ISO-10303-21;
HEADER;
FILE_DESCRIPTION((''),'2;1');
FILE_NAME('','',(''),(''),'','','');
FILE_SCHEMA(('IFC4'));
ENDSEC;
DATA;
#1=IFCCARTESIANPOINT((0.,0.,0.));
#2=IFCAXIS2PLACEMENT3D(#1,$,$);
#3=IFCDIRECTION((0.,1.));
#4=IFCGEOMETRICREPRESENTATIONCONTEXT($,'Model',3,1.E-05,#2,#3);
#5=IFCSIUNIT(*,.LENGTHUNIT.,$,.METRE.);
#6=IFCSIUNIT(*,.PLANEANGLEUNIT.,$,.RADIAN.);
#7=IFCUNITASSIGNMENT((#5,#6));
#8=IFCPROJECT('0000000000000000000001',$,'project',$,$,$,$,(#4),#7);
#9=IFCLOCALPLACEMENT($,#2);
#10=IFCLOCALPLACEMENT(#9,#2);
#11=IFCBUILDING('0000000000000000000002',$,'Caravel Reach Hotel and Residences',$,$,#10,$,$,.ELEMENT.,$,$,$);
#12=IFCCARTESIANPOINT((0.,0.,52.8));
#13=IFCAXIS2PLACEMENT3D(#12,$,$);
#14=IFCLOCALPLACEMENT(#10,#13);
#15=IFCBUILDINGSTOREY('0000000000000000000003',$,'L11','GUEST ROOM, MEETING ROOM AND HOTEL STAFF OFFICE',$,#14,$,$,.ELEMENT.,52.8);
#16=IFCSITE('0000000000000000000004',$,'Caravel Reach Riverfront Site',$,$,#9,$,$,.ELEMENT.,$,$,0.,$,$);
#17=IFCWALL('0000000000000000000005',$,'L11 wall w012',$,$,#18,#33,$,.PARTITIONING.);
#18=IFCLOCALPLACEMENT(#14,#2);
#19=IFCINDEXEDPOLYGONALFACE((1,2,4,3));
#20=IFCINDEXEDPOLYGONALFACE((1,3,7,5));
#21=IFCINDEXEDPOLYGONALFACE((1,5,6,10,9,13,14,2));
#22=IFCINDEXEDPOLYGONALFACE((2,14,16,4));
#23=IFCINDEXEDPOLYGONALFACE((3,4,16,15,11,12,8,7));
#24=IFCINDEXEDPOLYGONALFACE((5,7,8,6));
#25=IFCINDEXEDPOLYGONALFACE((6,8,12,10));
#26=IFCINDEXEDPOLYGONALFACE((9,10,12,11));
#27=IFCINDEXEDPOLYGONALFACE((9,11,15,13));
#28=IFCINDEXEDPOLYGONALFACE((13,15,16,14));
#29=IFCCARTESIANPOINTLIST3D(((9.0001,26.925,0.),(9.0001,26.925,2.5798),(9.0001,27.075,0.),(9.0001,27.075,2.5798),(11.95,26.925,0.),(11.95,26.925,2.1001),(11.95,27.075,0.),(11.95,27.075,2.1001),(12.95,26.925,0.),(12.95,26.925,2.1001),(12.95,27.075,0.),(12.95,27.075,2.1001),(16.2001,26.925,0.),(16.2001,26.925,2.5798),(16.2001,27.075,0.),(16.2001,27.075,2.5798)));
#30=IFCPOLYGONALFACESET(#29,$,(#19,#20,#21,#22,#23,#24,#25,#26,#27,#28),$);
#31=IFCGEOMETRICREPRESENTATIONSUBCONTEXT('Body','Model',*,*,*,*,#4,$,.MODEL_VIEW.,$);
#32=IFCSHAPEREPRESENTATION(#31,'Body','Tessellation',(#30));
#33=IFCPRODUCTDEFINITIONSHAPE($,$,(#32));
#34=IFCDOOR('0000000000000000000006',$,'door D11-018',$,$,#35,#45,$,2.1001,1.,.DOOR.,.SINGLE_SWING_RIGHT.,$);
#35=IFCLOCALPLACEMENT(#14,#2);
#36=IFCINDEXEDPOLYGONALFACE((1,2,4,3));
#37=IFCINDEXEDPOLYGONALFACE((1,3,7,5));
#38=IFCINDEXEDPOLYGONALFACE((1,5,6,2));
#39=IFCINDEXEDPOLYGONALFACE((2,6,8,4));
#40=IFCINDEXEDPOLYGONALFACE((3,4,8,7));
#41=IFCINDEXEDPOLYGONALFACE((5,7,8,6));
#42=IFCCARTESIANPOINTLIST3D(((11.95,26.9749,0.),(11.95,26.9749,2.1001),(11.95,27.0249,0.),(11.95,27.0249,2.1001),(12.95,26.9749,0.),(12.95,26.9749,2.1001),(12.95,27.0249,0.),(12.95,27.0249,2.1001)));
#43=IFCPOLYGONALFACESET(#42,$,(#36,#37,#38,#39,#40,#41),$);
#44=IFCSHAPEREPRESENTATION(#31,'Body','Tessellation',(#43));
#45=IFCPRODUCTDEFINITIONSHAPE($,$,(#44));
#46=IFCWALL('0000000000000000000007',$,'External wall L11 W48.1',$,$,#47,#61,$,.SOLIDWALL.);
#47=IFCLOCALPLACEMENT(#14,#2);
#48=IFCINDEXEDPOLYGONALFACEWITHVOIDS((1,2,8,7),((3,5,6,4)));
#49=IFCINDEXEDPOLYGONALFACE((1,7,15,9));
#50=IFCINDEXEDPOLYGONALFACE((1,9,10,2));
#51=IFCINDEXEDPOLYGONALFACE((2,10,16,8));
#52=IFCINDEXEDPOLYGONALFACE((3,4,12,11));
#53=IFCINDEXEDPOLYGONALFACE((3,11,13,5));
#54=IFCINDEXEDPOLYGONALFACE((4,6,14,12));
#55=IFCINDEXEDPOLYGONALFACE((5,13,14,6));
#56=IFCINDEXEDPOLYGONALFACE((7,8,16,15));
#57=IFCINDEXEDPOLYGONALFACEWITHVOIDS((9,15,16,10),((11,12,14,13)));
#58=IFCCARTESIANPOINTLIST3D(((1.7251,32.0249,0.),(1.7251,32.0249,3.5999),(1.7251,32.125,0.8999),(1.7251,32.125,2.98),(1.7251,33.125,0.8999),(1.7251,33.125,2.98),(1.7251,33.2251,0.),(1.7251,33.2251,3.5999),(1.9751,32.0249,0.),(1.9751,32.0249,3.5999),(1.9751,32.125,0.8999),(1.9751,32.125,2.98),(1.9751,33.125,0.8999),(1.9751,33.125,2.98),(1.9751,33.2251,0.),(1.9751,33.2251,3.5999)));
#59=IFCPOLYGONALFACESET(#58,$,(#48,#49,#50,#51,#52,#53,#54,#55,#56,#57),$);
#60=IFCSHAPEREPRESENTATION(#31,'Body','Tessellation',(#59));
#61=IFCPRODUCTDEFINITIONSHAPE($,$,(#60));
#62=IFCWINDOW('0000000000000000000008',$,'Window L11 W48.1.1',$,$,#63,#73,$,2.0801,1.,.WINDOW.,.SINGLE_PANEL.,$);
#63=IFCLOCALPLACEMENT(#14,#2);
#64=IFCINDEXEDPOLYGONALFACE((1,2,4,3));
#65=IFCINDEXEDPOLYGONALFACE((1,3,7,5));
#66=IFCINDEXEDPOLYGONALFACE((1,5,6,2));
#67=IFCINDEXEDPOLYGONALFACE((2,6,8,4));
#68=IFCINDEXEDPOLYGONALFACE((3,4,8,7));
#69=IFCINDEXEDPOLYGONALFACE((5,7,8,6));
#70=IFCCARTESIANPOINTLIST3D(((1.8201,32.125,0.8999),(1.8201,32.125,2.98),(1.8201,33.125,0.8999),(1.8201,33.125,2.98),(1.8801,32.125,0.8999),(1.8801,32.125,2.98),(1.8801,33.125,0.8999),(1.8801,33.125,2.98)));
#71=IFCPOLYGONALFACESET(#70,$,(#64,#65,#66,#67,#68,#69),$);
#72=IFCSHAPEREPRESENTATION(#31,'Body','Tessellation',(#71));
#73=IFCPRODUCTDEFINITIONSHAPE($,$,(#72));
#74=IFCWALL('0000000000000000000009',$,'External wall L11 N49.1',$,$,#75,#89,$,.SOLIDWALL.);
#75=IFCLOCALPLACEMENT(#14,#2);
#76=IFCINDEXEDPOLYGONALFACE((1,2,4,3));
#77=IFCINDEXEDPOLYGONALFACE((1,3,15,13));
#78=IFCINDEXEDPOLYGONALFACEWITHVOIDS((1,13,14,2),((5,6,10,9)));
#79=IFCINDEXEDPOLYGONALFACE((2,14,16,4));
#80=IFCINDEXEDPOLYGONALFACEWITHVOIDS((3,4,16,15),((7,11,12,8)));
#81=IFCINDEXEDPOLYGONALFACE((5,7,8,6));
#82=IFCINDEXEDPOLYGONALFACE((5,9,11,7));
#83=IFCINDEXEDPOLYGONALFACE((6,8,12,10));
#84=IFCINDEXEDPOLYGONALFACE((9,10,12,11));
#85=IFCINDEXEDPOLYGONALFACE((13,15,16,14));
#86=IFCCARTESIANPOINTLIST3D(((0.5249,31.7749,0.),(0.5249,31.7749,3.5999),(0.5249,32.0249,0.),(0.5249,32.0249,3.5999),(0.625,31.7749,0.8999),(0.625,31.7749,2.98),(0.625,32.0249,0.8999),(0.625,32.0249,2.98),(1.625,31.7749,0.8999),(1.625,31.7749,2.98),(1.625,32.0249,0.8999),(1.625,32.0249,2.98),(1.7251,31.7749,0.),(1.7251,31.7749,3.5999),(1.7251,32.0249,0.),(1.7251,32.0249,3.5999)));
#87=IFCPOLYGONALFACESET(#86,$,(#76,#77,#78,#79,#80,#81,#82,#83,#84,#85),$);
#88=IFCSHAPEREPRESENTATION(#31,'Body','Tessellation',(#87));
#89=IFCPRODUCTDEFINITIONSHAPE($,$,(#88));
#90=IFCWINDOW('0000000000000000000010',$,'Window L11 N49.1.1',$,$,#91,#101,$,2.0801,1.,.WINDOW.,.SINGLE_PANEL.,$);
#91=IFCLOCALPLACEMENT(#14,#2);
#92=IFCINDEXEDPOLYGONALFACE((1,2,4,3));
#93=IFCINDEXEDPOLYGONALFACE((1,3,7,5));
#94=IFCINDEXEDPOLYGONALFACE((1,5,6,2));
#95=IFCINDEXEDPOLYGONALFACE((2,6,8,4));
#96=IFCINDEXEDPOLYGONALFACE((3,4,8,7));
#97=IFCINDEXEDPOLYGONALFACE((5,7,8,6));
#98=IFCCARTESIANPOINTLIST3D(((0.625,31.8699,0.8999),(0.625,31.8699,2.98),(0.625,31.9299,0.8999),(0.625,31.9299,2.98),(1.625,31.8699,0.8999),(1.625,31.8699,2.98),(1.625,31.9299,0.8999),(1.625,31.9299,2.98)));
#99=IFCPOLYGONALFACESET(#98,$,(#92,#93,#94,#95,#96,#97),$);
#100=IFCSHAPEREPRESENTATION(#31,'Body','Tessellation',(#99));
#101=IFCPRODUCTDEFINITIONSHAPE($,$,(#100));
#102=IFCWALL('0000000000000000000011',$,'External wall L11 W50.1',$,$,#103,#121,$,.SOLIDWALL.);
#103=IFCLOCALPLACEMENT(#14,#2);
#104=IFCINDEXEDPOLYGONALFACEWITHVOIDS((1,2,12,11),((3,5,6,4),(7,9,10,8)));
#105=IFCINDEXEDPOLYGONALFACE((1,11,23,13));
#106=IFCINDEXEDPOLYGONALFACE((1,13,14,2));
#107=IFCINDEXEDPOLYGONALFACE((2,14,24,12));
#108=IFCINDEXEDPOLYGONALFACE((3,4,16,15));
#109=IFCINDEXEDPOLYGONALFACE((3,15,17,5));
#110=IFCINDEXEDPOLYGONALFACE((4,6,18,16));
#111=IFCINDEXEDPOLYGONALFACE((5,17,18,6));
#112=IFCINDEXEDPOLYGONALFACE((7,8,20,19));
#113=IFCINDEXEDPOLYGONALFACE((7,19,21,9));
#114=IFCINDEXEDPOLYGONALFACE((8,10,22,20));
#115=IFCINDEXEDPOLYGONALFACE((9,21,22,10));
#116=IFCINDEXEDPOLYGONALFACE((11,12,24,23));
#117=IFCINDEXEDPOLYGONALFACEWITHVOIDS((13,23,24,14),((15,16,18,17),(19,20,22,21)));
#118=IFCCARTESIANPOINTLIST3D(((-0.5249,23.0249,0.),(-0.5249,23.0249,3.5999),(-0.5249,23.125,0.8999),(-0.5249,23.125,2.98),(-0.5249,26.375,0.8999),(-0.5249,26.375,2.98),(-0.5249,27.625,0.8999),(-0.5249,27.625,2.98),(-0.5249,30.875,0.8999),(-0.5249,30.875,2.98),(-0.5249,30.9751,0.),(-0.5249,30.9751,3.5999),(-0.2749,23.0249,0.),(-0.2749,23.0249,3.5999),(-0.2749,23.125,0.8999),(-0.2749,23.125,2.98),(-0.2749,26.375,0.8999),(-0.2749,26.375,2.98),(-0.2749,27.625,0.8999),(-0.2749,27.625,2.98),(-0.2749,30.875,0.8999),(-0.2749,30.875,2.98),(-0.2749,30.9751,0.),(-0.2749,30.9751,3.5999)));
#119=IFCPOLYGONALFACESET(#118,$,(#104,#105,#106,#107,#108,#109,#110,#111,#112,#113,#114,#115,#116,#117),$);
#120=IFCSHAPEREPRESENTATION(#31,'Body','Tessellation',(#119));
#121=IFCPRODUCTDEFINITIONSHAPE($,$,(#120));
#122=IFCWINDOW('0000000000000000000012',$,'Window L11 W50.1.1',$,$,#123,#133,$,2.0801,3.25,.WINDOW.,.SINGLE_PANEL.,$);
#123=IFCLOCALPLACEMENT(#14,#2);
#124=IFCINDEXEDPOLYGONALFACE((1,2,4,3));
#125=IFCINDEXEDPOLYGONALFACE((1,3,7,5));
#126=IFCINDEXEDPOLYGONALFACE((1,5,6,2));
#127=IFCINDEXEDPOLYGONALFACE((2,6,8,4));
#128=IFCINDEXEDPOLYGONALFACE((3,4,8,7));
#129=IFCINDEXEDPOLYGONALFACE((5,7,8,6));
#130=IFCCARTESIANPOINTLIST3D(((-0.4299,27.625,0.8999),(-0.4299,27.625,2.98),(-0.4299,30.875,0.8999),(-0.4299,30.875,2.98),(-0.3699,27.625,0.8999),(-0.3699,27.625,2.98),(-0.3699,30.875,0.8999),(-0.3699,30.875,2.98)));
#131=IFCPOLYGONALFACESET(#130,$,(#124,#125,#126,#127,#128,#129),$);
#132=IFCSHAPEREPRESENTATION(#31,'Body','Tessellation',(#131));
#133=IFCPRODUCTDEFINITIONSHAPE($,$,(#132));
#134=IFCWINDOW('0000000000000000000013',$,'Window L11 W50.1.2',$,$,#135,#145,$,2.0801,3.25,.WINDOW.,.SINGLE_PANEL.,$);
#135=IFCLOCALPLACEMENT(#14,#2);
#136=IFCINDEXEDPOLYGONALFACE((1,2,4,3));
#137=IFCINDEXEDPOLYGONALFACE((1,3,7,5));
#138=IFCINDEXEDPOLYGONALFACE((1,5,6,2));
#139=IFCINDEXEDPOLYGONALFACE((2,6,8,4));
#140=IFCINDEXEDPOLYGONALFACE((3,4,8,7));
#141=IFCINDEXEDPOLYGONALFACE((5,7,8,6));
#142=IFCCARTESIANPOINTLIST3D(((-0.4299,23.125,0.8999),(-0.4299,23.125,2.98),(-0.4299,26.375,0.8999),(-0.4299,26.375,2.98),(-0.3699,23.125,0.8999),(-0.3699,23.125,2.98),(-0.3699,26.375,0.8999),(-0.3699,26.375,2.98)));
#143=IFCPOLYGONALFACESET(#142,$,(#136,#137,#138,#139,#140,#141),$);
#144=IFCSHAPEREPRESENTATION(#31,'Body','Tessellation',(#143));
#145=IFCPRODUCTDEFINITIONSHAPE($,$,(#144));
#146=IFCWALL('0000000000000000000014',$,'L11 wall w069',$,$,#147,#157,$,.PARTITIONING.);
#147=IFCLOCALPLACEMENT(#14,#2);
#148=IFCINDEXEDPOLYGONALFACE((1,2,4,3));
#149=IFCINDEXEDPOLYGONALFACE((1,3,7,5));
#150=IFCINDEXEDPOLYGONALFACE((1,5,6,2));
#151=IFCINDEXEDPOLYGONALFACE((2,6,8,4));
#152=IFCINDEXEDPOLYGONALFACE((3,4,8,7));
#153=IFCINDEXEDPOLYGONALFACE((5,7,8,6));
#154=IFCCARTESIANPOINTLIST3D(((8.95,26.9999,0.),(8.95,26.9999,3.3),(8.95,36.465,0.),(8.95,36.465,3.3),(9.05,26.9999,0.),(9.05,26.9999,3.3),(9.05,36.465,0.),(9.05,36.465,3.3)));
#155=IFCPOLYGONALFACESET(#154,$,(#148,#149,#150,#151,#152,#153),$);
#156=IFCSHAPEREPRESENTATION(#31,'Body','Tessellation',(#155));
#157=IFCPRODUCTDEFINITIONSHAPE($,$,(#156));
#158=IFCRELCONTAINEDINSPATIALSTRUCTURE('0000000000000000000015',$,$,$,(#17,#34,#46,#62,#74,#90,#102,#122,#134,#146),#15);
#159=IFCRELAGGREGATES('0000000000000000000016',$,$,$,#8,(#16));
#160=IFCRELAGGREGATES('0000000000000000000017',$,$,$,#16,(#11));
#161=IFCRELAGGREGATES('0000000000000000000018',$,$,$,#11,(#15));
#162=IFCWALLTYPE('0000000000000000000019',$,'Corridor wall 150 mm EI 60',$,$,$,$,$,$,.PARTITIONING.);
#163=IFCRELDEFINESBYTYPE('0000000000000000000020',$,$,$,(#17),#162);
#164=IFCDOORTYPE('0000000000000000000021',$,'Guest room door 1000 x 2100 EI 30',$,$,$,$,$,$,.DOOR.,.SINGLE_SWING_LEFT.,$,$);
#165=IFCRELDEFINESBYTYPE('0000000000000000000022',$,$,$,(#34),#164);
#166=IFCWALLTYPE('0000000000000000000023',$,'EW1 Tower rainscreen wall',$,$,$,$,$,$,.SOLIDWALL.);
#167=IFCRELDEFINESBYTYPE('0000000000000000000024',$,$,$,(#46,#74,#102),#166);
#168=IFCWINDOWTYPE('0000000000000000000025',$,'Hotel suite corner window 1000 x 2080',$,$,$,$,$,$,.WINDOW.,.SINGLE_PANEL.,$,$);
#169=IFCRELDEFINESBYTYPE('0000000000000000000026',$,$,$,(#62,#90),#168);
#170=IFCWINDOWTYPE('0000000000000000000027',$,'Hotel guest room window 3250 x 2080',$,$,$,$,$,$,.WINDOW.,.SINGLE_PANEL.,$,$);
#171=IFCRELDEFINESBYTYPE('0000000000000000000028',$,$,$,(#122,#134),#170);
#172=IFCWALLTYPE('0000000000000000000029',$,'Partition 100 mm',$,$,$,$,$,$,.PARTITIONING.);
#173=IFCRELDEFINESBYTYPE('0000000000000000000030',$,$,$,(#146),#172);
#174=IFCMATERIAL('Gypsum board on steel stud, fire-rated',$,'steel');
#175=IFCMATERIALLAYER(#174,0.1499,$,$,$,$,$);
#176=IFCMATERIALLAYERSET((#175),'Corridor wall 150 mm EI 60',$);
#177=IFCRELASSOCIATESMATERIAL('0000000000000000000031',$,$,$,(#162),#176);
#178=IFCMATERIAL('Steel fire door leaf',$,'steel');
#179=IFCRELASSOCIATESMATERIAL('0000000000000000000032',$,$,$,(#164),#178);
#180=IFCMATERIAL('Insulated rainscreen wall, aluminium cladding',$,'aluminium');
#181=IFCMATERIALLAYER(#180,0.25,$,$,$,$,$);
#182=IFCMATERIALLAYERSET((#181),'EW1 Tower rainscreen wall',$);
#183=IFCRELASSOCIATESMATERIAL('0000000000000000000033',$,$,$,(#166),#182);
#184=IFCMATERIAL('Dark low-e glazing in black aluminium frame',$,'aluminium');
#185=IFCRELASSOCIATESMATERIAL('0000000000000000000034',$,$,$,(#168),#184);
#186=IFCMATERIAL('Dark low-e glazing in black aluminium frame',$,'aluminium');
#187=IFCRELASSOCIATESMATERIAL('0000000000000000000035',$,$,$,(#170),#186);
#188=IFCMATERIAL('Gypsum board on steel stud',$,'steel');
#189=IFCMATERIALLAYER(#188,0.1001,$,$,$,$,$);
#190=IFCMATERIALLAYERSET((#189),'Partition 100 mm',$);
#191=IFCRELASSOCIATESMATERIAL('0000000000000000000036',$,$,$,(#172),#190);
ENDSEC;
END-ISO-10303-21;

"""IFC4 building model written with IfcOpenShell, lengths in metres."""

from ifc_helpers import new_model, si_unit, direction, frame, frame_2d, origin, place, context, subcontext, project, spatial, rectangle, extrude, material, layer, layer_set, type_object, element, fill, save


model = new_model("IFC4")

# Units and contexts
model_context = context("Model", 3, precision=1e-05, world=origin(), true_north=direction((0.0, 1.0)))
body_context = subcontext(model_context, "Body", "Model", "MODEL_VIEW")
ifc_project = project(units=[si_unit("LENGTHUNIT", "METRE"), si_unit("PLANEANGLEUNIT", "RADIAN")], contexts=[model_context])

# Site, building, storey
site_placement = place(None, origin())
site = spatial("IfcSite", under=ifc_project, at=site_placement, Name="Caravel Reach Riverfront Site", CompositionType="ELEMENT", RefElevation=0.0)
building_placement = place(site_placement, origin())
building = spatial("IfcBuilding", under=site, at=building_placement, Name="Caravel Reach Hotel and Residences", CompositionType="ELEMENT")
storey_placement = place(building_placement, frame((0.0, 0.0, 52.8)))
storey = spatial("IfcBuildingStorey", under=building, at=storey_placement, Name="L11", Description="GUEST ROOM, MEETING ROOM AND HOTEL STAFF OFFICE", CompositionType="ELEMENT", Elevation=52.8)

# Wall, opening, door
ifc_material_1 = material(Name="Gypsum board on steel stud, fire-rated", Category="steel")
ifc_layer_1 = layer(ifc_material_1, 0.1499)
ifc_layer_set_1 = layer_set([ifc_layer_1], Name="Corridor wall 150 mm EI 60")
wall_type_1 = type_object("IfcWallType", Name="Corridor wall 150 mm EI 60", PredefinedType="PARTITIONING", material=ifc_layer_set_1)
wall_1_placement = place(storey_placement, frame((9.0, 27.0, 0.0), z_axis=(0.0, 0.0, 1.0), x_axis=(1.0, 0.0, 0.0)))
wall_1 = element("IfcWall", 1, at=wall_1_placement, inside=storey, type_object=wall_type_1, Name="L11 wall w012", PredefinedType="PARTITIONING", context=body_context, shape_type="SweptSolid", body=[
    extrude(rectangle(XDim=7.2, YDim=0.1499, at=frame_2d((3.6001, 0.0))), origin(), (0.0, 0.0, 1.0), 2.5798),
])
opening_1_placement = place(wall_1_placement, frame((2.95, 0.0, 0.0)))
opening_1 = element("IfcOpeningElement", 2, at=opening_1_placement, cuts=wall_1, PredefinedType="OPENING", context=body_context, shape_type="SweptSolid", body=[
    extrude(rectangle(XDim=1.0, YDim=2.1001, at=frame_2d((0.5, 1.05))), frame((0.0, 0.085, 0.0), z_axis=(0.0, -1.0, 0.0), x_axis=(1.0, 0.0, 0.0)), (0.0, 0.0, 1.0), 0.1699),
])
ifc_material_2 = material(Name="Steel fire door leaf", Category="steel")
door_type_1 = type_object("IfcDoorType", Name="Guest room door 1000 x 2100 EI 30", OperationType="SINGLE_SWING_LEFT", PredefinedType="DOOR", material=ifc_material_2)
door_1_placement = place(opening_1_placement, origin())
door_1 = element("IfcDoor", 3, at=door_1_placement, inside=storey, type_object=door_type_1, Name="door D11-018", OperationType="SINGLE_SWING_RIGHT", OverallHeight=2.1001, OverallWidth=1.0, PredefinedType="DOOR", context=body_context, shape_type="SweptSolid", body=[
    extrude(rectangle(XDim=1.0, YDim=2.1001, at=frame_2d((0.5, 1.05))), frame((0.0, 0.0249, 0.0), z_axis=(0.0, -1.0, 0.0), x_axis=(1.0, 0.0, 0.0)), (0.0, 0.0, 1.0), 0.05),
])
fill(opening_1, door_1)

# Walls, openings, windows
ifc_material_3 = material(Name="Insulated rainscreen wall, aluminium cladding", Category="aluminium")
ifc_layer_2 = layer(ifc_material_3, 0.25)
ifc_layer_set_2 = layer_set([ifc_layer_2], Name="EW1 Tower rainscreen wall")
wall_type_2 = type_object("IfcWallType", Name="EW1 Tower rainscreen wall", PredefinedType="SOLIDWALL", material=ifc_layer_set_2)
wall_2_placement = place(storey_placement, frame((1.8501, 33.2251, 0.0), z_axis=(0.0, 0.0, 1.0), x_axis=(0.0, -1.0, 0.0)))
wall_2 = element("IfcWall", 4, at=wall_2_placement, inside=storey, type_object=wall_type_2, Name="External wall L11 W48.1", PredefinedType="SOLIDWALL", context=body_context, shape_type="SweptSolid", body=[
    extrude(rectangle(XDim=1.2002, YDim=0.25, at=frame_2d((0.6001, 0.0))), origin(), (0.0, 0.0, 1.0), 3.5999),
])
opening_2_placement = place(wall_2_placement, frame((0.1001, 0.0, 0.8999)))
opening_2 = element("IfcOpeningElement", 5, at=opening_2_placement, cuts=wall_2, PredefinedType="OPENING", context=body_context, shape_type="SweptSolid", body=[
    extrude(rectangle(XDim=1.0, YDim=2.0801, at=frame_2d((0.5, 1.04))), frame((0.0, 0.135, 0.0), z_axis=(0.0, -1.0, 0.0), x_axis=(1.0, 0.0, 0.0)), (0.0, 0.0, 1.0), 0.27),
])
ifc_material_4 = material(Name="Dark low-e glazing in black aluminium frame", Category="aluminium")
window_type_1 = type_object("IfcWindowType", Name="Hotel suite corner window 1000 x 2080", PartitioningType="SINGLE_PANEL", PredefinedType="WINDOW", material=ifc_material_4)
window_1_placement = place(opening_2_placement, origin())
window_1 = element("IfcWindow", 6, at=window_1_placement, inside=storey, type_object=window_type_1, Name="Window L11 W48.1.1", OverallHeight=2.0801, OverallWidth=1.0, PartitioningType="SINGLE_PANEL", PredefinedType="WINDOW", context=body_context, shape_type="SweptSolid", body=[
    extrude(rectangle(XDim=1.0, YDim=2.0801, at=frame_2d((0.5, 1.04))), frame((0.0, 0.03, 0.0), z_axis=(0.0, -1.0, 0.0), x_axis=(1.0, 0.0, 0.0)), (0.0, 0.0, 1.0), 0.0601),
])
fill(opening_2, window_1)
wall_3_placement = place(storey_placement, frame((1.7251, 31.8999, 0.0), z_axis=(0.0, 0.0, 1.0), x_axis=(-1.0, 0.0, 0.0)))
wall_3 = element("IfcWall", 7, at=wall_3_placement, inside=storey, type_object=wall_type_2, Name="External wall L11 N49.1", PredefinedType="SOLIDWALL", context=body_context, shape_type="SweptSolid", body=[
    extrude(rectangle(XDim=1.2002, YDim=0.25, at=frame_2d((0.6001, 0.0))), origin(), (0.0, 0.0, 1.0), 3.5999),
])
opening_3_placement = place(wall_3_placement, frame((0.1001, 0.0, 0.8999)))
opening_3 = element("IfcOpeningElement", 8, at=opening_3_placement, cuts=wall_3, PredefinedType="OPENING", context=body_context, shape_type="SweptSolid", body=[
    extrude(rectangle(XDim=1.0, YDim=2.0801, at=frame_2d((0.5, 1.04))), frame((0.0, 0.135, 0.0), z_axis=(0.0, -1.0, 0.0), x_axis=(1.0, 0.0, 0.0)), (0.0, 0.0, 1.0), 0.27),
])
window_2_placement = place(opening_3_placement, origin())
window_2 = element("IfcWindow", 9, at=window_2_placement, inside=storey, type_object=window_type_1, Name="Window L11 N49.1.1", OverallHeight=2.0801, OverallWidth=1.0, PartitioningType="SINGLE_PANEL", PredefinedType="WINDOW", context=body_context, shape_type="SweptSolid", body=[
    extrude(rectangle(XDim=1.0, YDim=2.0801, at=frame_2d((0.5, 1.04))), frame((0.0, 0.03, 0.0), z_axis=(0.0, -1.0, 0.0), x_axis=(1.0, 0.0, 0.0)), (0.0, 0.0, 1.0), 0.0601),
])
fill(opening_3, window_2)

# Wall, openings, windows
wall_4_placement = place(storey_placement, frame((-0.3999, 30.9751, 0.0), z_axis=(0.0, 0.0, 1.0), x_axis=(0.0, -1.0, 0.0)))
wall_4 = element("IfcWall", 10, at=wall_4_placement, inside=storey, type_object=wall_type_2, Name="External wall L11 W50.1", PredefinedType="SOLIDWALL", context=body_context, shape_type="SweptSolid", body=[
    extrude(rectangle(XDim=7.9502, YDim=0.25, at=frame_2d((3.9751, 0.0))), origin(), (0.0, 0.0, 1.0), 3.5999),
])
opening_4_placement = place(wall_4_placement, frame((0.1001, 0.0, 0.8999)))
opening_4 = element("IfcOpeningElement", 11, at=opening_4_placement, cuts=wall_4, PredefinedType="OPENING", context=body_context, shape_type="SweptSolid", body=[
    extrude(rectangle(XDim=3.25, YDim=2.0801, at=frame_2d((1.625, 1.04))), frame((0.0, 0.135, 0.0), z_axis=(0.0, -1.0, 0.0), x_axis=(1.0, 0.0, 0.0)), (0.0, 0.0, 1.0), 0.27),
])
opening_5_placement = place(wall_4_placement, frame((4.6001, 0.0, 0.8999)))
opening_5 = element("IfcOpeningElement", 12, at=opening_5_placement, cuts=wall_4, PredefinedType="OPENING", context=body_context, shape_type="SweptSolid", body=[
    extrude(rectangle(XDim=3.25, YDim=2.0801, at=frame_2d((1.625, 1.04))), frame((0.0, 0.135, 0.0), z_axis=(0.0, -1.0, 0.0), x_axis=(1.0, 0.0, 0.0)), (0.0, 0.0, 1.0), 0.27),
])
ifc_material_5 = material(Name="Dark low-e glazing in black aluminium frame", Category="aluminium")
window_type_2 = type_object("IfcWindowType", Name="Hotel guest room window 3250 x 2080", PartitioningType="SINGLE_PANEL", PredefinedType="WINDOW", material=ifc_material_5)
window_3_placement = place(opening_4_placement, origin())
window_3 = element("IfcWindow", 13, at=window_3_placement, inside=storey, type_object=window_type_2, Name="Window L11 W50.1.1", OverallHeight=2.0801, OverallWidth=3.25, PartitioningType="SINGLE_PANEL", PredefinedType="WINDOW", context=body_context, shape_type="SweptSolid", body=[
    extrude(rectangle(XDim=3.25, YDim=2.0801, at=frame_2d((1.625, 1.04))), frame((0.0, 0.03, 0.0), z_axis=(0.0, -1.0, 0.0), x_axis=(1.0, 0.0, 0.0)), (0.0, 0.0, 1.0), 0.0601),
])
fill(opening_4, window_3)
window_4_placement = place(opening_5_placement, origin())
window_4 = element("IfcWindow", 14, at=window_4_placement, inside=storey, type_object=window_type_2, Name="Window L11 W50.1.2", OverallHeight=2.0801, OverallWidth=3.25, PartitioningType="SINGLE_PANEL", PredefinedType="WINDOW", context=body_context, shape_type="SweptSolid", body=[
    extrude(rectangle(XDim=3.25, YDim=2.0801, at=frame_2d((1.625, 1.04))), frame((0.0, 0.03, 0.0), z_axis=(0.0, -1.0, 0.0), x_axis=(1.0, 0.0, 0.0)), (0.0, 0.0, 1.0), 0.0601),
])
fill(opening_5, window_4)

# Wall
ifc_material_6 = material(Name="Gypsum board on steel stud", Category="steel")
ifc_layer_3 = layer(ifc_material_6, 0.1001)
ifc_layer_set_3 = layer_set([ifc_layer_3], Name="Partition 100 mm")
wall_type_3 = type_object("IfcWallType", Name="Partition 100 mm", PredefinedType="PARTITIONING", material=ifc_layer_set_3)
wall_5_placement = place(storey_placement, frame((9.0, 27.0, 0.0), z_axis=(0.0, 0.0, 1.0), x_axis=(0.0, 1.0, 0.0)))
element("IfcWall", 15, at=wall_5_placement, inside=storey, type_object=wall_type_3, Name="L11 wall w069", PredefinedType="PARTITIONING", context=body_context, shape_type="SweptSolid", body=[
    extrude(rectangle(XDim=9.4651, YDim=0.1001, at=frame_2d((4.7324, 0.0))), origin(), (0.0, 0.0, 1.0), 3.3),
])

save(model, "model.ifc")
